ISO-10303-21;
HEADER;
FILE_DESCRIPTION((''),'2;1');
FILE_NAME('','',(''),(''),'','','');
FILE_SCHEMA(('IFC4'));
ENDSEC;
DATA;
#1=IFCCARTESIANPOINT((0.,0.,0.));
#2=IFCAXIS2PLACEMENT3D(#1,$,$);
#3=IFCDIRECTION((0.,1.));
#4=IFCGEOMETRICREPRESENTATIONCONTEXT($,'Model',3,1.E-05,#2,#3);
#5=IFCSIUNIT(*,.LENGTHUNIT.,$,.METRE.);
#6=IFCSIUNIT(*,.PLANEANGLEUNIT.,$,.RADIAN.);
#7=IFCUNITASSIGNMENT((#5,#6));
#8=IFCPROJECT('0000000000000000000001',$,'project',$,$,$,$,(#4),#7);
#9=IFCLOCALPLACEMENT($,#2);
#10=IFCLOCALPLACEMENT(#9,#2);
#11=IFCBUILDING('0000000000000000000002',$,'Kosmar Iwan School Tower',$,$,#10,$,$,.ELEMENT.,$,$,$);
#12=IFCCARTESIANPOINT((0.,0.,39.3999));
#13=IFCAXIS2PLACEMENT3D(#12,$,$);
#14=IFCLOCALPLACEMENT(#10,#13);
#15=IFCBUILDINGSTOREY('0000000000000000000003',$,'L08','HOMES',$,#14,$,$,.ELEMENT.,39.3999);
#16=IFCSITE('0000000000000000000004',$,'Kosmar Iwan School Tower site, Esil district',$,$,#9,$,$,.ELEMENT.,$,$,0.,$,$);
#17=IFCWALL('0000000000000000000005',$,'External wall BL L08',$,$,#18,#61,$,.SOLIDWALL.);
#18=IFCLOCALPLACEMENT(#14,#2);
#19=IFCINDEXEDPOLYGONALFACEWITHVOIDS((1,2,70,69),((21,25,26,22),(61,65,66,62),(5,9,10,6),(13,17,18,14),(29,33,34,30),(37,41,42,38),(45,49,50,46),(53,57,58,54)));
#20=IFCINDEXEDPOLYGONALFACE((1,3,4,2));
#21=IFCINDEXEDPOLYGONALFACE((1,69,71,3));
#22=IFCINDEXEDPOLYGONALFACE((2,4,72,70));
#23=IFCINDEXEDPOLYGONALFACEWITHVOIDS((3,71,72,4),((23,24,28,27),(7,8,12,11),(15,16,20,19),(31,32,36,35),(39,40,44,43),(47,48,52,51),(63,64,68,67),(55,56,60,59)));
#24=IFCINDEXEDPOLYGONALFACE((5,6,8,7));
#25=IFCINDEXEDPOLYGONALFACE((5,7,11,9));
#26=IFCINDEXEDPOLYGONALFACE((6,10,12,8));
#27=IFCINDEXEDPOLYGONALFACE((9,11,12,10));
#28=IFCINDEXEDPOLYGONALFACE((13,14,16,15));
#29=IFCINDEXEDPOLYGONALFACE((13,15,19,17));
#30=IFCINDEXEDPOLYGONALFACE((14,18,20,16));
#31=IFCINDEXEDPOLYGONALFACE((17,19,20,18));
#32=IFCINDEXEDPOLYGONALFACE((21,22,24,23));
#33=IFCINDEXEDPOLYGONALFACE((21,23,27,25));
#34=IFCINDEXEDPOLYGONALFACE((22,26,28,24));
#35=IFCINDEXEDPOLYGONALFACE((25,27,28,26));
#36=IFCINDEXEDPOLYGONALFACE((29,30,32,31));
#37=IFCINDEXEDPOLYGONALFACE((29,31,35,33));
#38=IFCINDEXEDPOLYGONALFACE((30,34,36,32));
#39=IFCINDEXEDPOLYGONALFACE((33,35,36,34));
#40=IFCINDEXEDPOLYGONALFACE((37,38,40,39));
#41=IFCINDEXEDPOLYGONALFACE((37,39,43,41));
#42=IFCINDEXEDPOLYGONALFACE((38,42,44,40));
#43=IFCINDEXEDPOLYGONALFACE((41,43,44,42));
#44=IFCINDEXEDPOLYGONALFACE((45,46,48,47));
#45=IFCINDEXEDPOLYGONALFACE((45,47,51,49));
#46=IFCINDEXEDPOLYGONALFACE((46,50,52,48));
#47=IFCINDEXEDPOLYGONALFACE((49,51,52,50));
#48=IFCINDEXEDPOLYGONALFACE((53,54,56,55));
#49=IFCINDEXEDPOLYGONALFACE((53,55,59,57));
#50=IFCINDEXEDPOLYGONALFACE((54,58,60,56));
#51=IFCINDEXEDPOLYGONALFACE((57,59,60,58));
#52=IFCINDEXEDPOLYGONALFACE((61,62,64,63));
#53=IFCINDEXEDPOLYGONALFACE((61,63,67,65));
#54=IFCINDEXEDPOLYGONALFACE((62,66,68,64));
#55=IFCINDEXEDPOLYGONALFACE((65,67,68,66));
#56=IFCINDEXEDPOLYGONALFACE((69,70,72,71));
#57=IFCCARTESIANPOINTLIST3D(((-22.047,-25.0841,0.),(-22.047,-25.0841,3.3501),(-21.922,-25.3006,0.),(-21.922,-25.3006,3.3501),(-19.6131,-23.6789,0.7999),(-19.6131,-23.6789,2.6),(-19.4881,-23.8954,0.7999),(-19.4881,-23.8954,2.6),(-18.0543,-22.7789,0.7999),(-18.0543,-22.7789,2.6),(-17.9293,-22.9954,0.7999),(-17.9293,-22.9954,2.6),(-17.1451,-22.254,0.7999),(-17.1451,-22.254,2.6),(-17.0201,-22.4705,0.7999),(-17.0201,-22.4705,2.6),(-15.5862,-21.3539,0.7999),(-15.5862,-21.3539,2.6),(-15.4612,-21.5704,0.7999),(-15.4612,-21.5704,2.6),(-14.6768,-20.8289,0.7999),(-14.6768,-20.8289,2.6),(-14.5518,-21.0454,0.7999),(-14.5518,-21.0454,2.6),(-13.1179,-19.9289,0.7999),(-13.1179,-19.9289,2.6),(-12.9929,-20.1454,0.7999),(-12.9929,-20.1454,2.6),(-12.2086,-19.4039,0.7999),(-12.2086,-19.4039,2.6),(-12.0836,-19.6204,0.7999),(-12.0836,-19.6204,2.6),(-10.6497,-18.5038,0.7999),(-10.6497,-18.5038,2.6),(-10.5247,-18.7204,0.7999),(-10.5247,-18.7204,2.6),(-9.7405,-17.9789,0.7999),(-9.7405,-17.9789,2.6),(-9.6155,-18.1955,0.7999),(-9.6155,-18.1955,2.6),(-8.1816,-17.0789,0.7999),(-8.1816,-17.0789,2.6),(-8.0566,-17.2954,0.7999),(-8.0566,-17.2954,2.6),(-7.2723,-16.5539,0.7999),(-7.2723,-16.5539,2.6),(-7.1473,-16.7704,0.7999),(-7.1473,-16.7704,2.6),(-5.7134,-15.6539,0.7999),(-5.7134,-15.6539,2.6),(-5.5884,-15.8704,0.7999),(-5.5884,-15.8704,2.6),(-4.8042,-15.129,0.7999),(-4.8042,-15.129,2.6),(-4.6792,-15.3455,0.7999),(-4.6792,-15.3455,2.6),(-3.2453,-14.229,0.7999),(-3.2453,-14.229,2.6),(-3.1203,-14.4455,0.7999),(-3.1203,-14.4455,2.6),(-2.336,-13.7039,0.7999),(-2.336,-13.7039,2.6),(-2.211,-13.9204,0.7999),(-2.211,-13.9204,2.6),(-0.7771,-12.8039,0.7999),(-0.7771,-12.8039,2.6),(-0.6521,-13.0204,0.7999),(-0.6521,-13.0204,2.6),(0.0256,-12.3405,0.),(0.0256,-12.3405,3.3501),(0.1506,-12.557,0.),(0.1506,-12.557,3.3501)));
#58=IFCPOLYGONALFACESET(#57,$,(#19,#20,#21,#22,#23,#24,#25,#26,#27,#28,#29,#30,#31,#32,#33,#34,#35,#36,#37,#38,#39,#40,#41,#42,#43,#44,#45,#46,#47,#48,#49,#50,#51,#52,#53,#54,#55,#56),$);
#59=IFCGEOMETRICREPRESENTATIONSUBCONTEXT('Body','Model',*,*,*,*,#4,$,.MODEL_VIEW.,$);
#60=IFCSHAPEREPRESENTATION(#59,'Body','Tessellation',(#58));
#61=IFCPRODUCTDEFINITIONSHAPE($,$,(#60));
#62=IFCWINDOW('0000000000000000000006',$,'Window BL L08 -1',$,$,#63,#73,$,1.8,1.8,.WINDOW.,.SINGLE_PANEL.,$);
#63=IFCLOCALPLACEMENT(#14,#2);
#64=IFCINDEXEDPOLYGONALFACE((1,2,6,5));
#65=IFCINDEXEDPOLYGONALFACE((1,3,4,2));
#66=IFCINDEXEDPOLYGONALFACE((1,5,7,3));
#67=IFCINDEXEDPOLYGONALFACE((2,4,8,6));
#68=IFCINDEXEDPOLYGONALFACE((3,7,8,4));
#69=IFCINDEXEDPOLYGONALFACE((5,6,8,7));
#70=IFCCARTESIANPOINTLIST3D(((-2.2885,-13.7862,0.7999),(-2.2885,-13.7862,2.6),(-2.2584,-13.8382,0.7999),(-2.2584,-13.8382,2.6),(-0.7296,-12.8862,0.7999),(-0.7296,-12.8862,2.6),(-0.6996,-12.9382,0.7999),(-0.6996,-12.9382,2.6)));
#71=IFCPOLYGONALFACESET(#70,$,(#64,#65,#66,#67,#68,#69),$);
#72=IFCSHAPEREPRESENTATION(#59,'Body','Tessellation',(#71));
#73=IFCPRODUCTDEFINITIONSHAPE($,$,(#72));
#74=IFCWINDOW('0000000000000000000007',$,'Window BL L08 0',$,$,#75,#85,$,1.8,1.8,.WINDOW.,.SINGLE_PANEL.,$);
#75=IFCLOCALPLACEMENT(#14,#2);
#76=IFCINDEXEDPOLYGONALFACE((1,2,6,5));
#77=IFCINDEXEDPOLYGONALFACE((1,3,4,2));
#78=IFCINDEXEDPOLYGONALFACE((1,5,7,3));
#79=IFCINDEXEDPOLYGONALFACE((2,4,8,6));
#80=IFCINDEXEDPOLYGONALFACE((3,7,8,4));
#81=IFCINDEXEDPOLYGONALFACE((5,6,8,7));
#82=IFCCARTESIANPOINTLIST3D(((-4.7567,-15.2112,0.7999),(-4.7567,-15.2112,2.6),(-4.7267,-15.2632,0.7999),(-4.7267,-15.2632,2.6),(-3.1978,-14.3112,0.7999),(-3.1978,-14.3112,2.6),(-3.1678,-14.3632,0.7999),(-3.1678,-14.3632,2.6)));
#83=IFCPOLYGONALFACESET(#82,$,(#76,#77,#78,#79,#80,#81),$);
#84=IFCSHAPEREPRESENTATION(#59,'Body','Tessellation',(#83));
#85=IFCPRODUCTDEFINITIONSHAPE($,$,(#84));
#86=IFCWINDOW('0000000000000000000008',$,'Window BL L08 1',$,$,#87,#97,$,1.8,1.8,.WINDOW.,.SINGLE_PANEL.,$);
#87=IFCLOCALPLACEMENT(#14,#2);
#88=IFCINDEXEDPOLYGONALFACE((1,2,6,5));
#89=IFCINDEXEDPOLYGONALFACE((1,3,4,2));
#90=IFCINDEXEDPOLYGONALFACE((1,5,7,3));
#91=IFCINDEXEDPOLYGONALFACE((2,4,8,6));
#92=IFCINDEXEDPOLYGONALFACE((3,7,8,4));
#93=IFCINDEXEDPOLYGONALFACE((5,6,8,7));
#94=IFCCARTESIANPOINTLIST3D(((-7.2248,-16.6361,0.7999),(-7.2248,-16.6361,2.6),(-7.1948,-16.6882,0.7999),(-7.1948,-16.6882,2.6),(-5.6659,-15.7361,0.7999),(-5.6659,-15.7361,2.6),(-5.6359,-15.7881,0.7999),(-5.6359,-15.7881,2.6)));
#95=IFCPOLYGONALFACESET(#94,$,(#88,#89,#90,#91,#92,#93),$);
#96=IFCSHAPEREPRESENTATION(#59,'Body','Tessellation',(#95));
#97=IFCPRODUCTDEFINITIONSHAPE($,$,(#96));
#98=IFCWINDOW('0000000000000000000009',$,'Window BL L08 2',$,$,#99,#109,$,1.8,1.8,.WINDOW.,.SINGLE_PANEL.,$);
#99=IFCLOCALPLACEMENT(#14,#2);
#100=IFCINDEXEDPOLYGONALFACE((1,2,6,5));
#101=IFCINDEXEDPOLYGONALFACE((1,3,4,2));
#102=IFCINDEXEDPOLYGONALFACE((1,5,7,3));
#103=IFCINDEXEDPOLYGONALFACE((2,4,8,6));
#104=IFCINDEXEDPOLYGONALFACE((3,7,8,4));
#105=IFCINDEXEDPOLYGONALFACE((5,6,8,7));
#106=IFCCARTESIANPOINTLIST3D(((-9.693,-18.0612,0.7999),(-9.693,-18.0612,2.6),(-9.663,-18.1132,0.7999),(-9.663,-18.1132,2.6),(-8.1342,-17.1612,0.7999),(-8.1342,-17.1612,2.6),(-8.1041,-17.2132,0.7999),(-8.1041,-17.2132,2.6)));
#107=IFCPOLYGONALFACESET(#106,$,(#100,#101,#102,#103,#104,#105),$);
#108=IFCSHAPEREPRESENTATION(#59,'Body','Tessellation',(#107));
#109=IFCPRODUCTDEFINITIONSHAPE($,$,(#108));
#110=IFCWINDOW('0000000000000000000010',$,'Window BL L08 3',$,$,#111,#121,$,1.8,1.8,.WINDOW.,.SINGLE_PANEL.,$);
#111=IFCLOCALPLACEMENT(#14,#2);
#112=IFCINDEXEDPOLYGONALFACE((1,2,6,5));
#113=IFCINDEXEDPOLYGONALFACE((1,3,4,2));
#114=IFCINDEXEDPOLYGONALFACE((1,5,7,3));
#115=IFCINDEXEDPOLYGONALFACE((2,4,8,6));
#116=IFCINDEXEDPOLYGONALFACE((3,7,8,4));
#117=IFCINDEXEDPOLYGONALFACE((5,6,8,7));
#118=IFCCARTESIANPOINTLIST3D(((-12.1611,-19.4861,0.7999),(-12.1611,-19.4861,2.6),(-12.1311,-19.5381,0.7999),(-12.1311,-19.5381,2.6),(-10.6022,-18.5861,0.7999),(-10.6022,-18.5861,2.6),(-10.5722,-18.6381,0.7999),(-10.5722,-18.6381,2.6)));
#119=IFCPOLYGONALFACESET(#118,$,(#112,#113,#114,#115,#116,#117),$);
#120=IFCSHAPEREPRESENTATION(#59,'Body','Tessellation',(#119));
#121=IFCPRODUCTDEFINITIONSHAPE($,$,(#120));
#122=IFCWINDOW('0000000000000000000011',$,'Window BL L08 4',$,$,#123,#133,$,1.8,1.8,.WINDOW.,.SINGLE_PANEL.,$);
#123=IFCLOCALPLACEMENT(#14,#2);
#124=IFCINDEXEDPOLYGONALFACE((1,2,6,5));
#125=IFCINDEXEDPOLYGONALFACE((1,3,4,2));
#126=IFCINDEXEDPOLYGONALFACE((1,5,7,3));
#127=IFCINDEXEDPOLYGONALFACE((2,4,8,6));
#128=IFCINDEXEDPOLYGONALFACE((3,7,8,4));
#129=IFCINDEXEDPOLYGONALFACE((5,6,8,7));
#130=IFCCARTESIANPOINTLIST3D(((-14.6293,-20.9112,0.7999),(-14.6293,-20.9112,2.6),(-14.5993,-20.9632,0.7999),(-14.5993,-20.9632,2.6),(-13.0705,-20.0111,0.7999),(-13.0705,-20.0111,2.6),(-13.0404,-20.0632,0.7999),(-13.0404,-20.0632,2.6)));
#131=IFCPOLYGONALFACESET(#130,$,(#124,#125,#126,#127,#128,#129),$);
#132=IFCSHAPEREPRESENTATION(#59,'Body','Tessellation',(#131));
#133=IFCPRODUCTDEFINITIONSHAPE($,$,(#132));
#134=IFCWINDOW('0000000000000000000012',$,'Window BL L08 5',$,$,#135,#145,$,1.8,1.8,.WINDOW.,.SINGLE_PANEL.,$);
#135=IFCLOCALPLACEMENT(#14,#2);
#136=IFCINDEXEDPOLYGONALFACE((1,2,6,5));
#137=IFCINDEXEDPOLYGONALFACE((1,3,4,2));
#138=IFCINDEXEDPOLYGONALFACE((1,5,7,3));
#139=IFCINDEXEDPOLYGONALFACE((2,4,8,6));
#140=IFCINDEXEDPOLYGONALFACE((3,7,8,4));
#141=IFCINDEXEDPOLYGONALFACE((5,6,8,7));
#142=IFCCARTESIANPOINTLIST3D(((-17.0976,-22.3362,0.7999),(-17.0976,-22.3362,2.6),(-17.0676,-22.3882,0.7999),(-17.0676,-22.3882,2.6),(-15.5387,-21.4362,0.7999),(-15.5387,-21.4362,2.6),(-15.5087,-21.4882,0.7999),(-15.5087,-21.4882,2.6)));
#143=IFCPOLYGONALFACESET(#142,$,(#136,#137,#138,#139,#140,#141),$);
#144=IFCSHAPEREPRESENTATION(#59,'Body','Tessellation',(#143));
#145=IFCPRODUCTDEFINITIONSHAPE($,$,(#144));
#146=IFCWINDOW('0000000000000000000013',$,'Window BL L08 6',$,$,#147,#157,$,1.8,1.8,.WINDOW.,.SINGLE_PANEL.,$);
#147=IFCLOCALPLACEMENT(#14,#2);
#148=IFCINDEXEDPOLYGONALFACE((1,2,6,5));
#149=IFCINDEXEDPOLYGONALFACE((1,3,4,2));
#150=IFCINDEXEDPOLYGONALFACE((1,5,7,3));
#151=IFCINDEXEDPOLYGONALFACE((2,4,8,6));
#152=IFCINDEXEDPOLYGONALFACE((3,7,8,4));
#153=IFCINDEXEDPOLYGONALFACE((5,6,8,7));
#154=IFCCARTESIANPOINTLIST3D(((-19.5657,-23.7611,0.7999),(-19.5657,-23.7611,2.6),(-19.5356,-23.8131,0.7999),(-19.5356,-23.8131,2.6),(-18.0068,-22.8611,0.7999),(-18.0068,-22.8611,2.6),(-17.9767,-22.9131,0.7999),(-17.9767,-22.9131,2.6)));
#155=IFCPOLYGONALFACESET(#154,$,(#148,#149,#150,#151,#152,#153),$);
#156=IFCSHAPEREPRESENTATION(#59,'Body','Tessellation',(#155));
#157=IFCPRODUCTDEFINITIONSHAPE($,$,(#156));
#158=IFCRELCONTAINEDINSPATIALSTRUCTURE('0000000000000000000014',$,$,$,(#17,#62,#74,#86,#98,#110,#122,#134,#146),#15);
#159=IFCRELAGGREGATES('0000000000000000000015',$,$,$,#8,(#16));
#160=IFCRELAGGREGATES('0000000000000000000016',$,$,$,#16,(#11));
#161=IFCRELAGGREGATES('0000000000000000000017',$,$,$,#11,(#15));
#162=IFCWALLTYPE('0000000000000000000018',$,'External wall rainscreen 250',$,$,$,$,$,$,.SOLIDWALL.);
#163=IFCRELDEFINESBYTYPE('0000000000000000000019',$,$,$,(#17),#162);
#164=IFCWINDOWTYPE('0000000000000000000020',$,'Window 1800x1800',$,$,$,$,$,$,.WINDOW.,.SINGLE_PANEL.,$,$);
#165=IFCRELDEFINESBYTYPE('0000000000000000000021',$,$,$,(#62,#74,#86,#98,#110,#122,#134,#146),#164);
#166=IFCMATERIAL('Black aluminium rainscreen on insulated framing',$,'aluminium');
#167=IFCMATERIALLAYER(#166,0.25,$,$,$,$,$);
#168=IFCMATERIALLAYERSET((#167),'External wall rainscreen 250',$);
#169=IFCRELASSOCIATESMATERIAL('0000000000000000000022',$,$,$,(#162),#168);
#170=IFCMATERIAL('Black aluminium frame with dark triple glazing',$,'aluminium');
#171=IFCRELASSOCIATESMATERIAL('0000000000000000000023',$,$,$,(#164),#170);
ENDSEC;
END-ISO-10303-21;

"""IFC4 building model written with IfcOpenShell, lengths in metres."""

from ifc_helpers import new_model, si_unit, direction, frame, frame_2d, origin, place, context, subcontext, project, spatial, rectangle, extrude, material, layer, layer_set, type_object, element, fill, save


model = new_model("IFC4")

# Units and contexts
model_context = context("Model", 3, precision=1e-05, world=origin(), true_north=direction((0.0, 1.0)))
body_context = subcontext(model_context, "Body", "Model", "MODEL_VIEW")
ifc_project = project(units=[si_unit("LENGTHUNIT", "METRE"), si_unit("PLANEANGLEUNIT", "RADIAN")], contexts=[model_context])

# Site, building, storey
site_placement = place(None, origin())
site = spatial("IfcSite", under=ifc_project, at=site_placement, Name="Kosmar Iwan School Tower site, Esil district", CompositionType="ELEMENT", RefElevation=0.0)
building_placement = place(site_placement, origin())
building = spatial("IfcBuilding", under=site, at=building_placement, Name="Kosmar Iwan School Tower", CompositionType="ELEMENT")
storey_placement = place(building_placement, frame((0.0, 0.0, 39.3999)))
storey = spatial("IfcBuildingStorey", under=building, at=storey_placement, Name="L08", Description="HOMES", CompositionType="ELEMENT", Elevation=39.3999)

# Wall, openings, windows
ifc_material_1 = material(Name="Black aluminium rainscreen on insulated framing", Category="aluminium")
ifc_layer = layer(ifc_material_1, 0.25)
ifc_layer_set = layer_set([ifc_layer], Name="External wall rainscreen 250")
wall_type = type_object("IfcWallType", Name="External wall rainscreen 250", PredefinedType="SOLIDWALL", material=ifc_layer_set)
wall_1_placement = place(storey_placement, frame((0.0881, -12.4487, 0.0), z_axis=(0.0, 0.0, 1.0), x_axis=(-0.866026, -0.499998, 0.0)))
wall_1 = element("IfcWall", 1, at=wall_1_placement, inside=storey, type_object=wall_type, Name="External wall BL L08", PredefinedType="SOLIDWALL", context=body_context, shape_type="SweptSolid", body=[
    extrude(rectangle(XDim=25.4873, YDim=0.25, at=frame_2d((12.7437, 0.0))), origin(), (0.0, 0.0, 1.0), 3.3501),
])
opening_1_placement = place(wall_1_placement, frame((0.927, 0.0, 0.8)))
opening_1 = element("IfcOpeningElement", 2, at=opening_1_placement, cuts=wall_1, PredefinedType="OPENING", context=body_context, shape_type="SweptSolid", body=[
    extrude(rectangle(XDim=1.8, YDim=1.8, at=frame_2d((0.8999, 0.8999))), frame((0.0, 0.137, 0.0), z_axis=(0.0, -1.0, 0.0), x_axis=(1.0, 0.0, 0.0)), (0.0, 0.0, 1.0), 0.2739),
])
opening_2_placement = place(wall_1_placement, frame((3.7771, 0.0, 0.8)))
opening_2 = element("IfcOpeningElement", 3, at=opening_2_placement, cuts=wall_1, PredefinedType="OPENING", context=body_context, shape_type="SweptSolid", body=[
    extrude(rectangle(XDim=1.8, YDim=1.8, at=frame_2d((0.8999, 0.8999))), frame((0.0, 0.137, 0.0), z_axis=(0.0, -1.0, 0.0), x_axis=(1.0, 0.0, 0.0)), (0.0, 0.0, 1.0), 0.2739),
])
opening_3_placement = place(wall_1_placement, frame((6.627, 0.0, 0.8)))
opening_3 = element("IfcOpeningElement", 4, at=opening_3_placement, cuts=wall_1, PredefinedType="OPENING", context=body_context, shape_type="SweptSolid", body=[
    extrude(rectangle(XDim=1.8, YDim=1.8, at=frame_2d((0.8999, 0.8999))), frame((0.0, 0.137, 0.0), z_axis=(0.0, -1.0, 0.0), x_axis=(1.0, 0.0, 0.0)), (0.0, 0.0, 1.0), 0.2739),
])
opening_4_placement = place(wall_1_placement, frame((9.4771, 0.0, 0.8)))
opening_4 = element("IfcOpeningElement", 5, at=opening_4_placement, cuts=wall_1, PredefinedType="OPENING", context=body_context, shape_type="SweptSolid", body=[
    extrude(rectangle(XDim=1.8, YDim=1.8, at=frame_2d((0.8999, 0.8999))), frame((0.0, 0.137, 0.0), z_axis=(0.0, -1.0, 0.0), x_axis=(1.0, 0.0, 0.0)), (0.0, 0.0, 1.0), 0.2739),
])
opening_5_placement = place(wall_1_placement, frame((12.3269, 0.0, 0.8)))
opening_5 = element("IfcOpeningElement", 6, at=opening_5_placement, cuts=wall_1, PredefinedType="OPENING", context=body_context, shape_type="SweptSolid", body=[
    extrude(rectangle(XDim=1.8, YDim=1.8, at=frame_2d((0.8999, 0.8999))), frame((0.0, 0.137, 0.0), z_axis=(0.0, -1.0, 0.0), x_axis=(1.0, 0.0, 0.0)), (0.0, 0.0, 1.0), 0.2739),
])
opening_6_placement = place(wall_1_placement, frame((15.177, 0.0, 0.8)))
opening_6 = element("IfcOpeningElement", 7, at=opening_6_placement, cuts=wall_1, PredefinedType="OPENING", context=body_context, shape_type="SweptSolid", body=[
    extrude(rectangle(XDim=1.8, YDim=1.8, at=frame_2d((0.8999, 0.8999))), frame((0.0, 0.137, 0.0), z_axis=(0.0, -1.0, 0.0), x_axis=(1.0, 0.0, 0.0)), (0.0, 0.0, 1.0), 0.2739),
])
opening_7_placement = place(wall_1_placement, frame((18.0271, 0.0, 0.8)))
opening_7 = element("IfcOpeningElement", 8, at=opening_7_placement, cuts=wall_1, PredefinedType="OPENING", context=body_context, shape_type="SweptSolid", body=[
    extrude(rectangle(XDim=1.8, YDim=1.8, at=frame_2d((0.8999, 0.8999))), frame((0.0, 0.137, 0.0), z_axis=(0.0, -1.0, 0.0), x_axis=(1.0, 0.0, 0.0)), (0.0, 0.0, 1.0), 0.2739),
])
opening_8_placement = place(wall_1_placement, frame((20.877, 0.0, 0.8)))
opening_8 = element("IfcOpeningElement", 9, at=opening_8_placement, cuts=wall_1, PredefinedType="OPENING", context=body_context, shape_type="SweptSolid", body=[
    extrude(rectangle(XDim=1.8, YDim=1.8, at=frame_2d((0.8999, 0.8999))), frame((0.0, 0.137, 0.0), z_axis=(0.0, -1.0, 0.0), x_axis=(1.0, 0.0, 0.0)), (0.0, 0.0, 1.0), 0.2739),
])
ifc_material_2 = material(Name="Black aluminium frame with dark triple glazing", Category="aluminium")
window_type = type_object("IfcWindowType", Name="Window 1800x1800", PartitioningType="SINGLE_PANEL", PredefinedType="WINDOW", material=ifc_material_2)
window_1_placement = place(opening_1_placement, origin())
window_1 = element("IfcWindow", 10, at=window_1_placement, inside=storey, type_object=window_type, Name="Window BL L08 -1", OverallHeight=1.8, OverallWidth=1.8, PartitioningType="SINGLE_PANEL", PredefinedType="WINDOW", context=body_context, shape_type="SweptSolid", body=[
    extrude(rectangle(XDim=1.8, YDim=1.8, at=frame_2d((0.8999, 0.8999))), frame((0.0, 0.03, 0.0), z_axis=(0.0, -1.0, 0.0), x_axis=(1.0, 0.0, 0.0)), (0.0, 0.0, 1.0), 0.0601),
])
fill(opening_1, window_1)
window_2_placement = place(opening_2_placement, origin())
window_2 = element("IfcWindow", 11, at=window_2_placement, inside=storey, type_object=window_type, Name="Window BL L08 0", OverallHeight=1.8, OverallWidth=1.8, PartitioningType="SINGLE_PANEL", PredefinedType="WINDOW", context=body_context, shape_type="SweptSolid", body=[
    extrude(rectangle(XDim=1.8, YDim=1.8, at=frame_2d((0.8999, 0.8999))), frame((0.0, 0.03, 0.0), z_axis=(0.0, -1.0, 0.0), x_axis=(1.0, 0.0, 0.0)), (0.0, 0.0, 1.0), 0.0601),
])
fill(opening_2, window_2)
window_3_placement = place(opening_3_placement, origin())
window_3 = element("IfcWindow", 12, at=window_3_placement, inside=storey, type_object=window_type, Name="Window BL L08 1", OverallHeight=1.8, OverallWidth=1.8, PartitioningType="SINGLE_PANEL", PredefinedType="WINDOW", context=body_context, shape_type="SweptSolid", body=[
    extrude(rectangle(XDim=1.8, YDim=1.8, at=frame_2d((0.8999, 0.8999))), frame((0.0, 0.03, 0.0), z_axis=(0.0, -1.0, 0.0), x_axis=(1.0, 0.0, 0.0)), (0.0, 0.0, 1.0), 0.0601),
])
fill(opening_3, window_3)
window_4_placement = place(opening_4_placement, origin())
window_4 = element("IfcWindow", 13, at=window_4_placement, inside=storey, type_object=window_type, Name="Window BL L08 2", OverallHeight=1.8, OverallWidth=1.8, PartitioningType="SINGLE_PANEL", PredefinedType="WINDOW", context=body_context, shape_type="SweptSolid", body=[
    extrude(rectangle(XDim=1.8, YDim=1.8, at=frame_2d((0.8999, 0.8999))), frame((0.0, 0.03, 0.0), z_axis=(0.0, -1.0, 0.0), x_axis=(1.0, 0.0, 0.0)), (0.0, 0.0, 1.0), 0.0601),
])
fill(opening_4, window_4)
window_5_placement = place(opening_5_placement, origin())
window_5 = element("IfcWindow", 14, at=window_5_placement, inside=storey, type_object=window_type, Name="Window BL L08 3", OverallHeight=1.8, OverallWidth=1.8, PartitioningType="SINGLE_PANEL", PredefinedType="WINDOW", context=body_context, shape_type="SweptSolid", body=[
    extrude(rectangle(XDim=1.8, YDim=1.8, at=frame_2d((0.8999, 0.8999))), frame((0.0, 0.03, 0.0), z_axis=(0.0, -1.0, 0.0), x_axis=(1.0, 0.0, 0.0)), (0.0, 0.0, 1.0), 0.0601),
])
fill(opening_5, window_5)
window_6_placement = place(opening_6_placement, origin())
window_6 = element("IfcWindow", 15, at=window_6_placement, inside=storey, type_object=window_type, Name="Window BL L08 4", OverallHeight=1.8, OverallWidth=1.8, PartitioningType="SINGLE_PANEL", PredefinedType="WINDOW", context=body_context, shape_type="SweptSolid", body=[
    extrude(rectangle(XDim=1.8, YDim=1.8, at=frame_2d((0.8999, 0.8999))), frame((0.0, 0.03, 0.0), z_axis=(0.0, -1.0, 0.0), x_axis=(1.0, 0.0, 0.0)), (0.0, 0.0, 1.0), 0.0601),
])
fill(opening_6, window_6)
window_7_placement = place(opening_7_placement, origin())
window_7 = element("IfcWindow", 16, at=window_7_placement, inside=storey, type_object=window_type, Name="Window BL L08 5", OverallHeight=1.8, OverallWidth=1.8, PartitioningType="SINGLE_PANEL", PredefinedType="WINDOW", context=body_context, shape_type="SweptSolid", body=[
    extrude(rectangle(XDim=1.8, YDim=1.8, at=frame_2d((0.8999, 0.8999))), frame((0.0, 0.03, 0.0), z_axis=(0.0, -1.0, 0.0), x_axis=(1.0, 0.0, 0.0)), (0.0, 0.0, 1.0), 0.0601),
])
fill(opening_7, window_7)
window_8_placement = place(opening_8_placement, origin())
window_8 = element("IfcWindow", 17, at=window_8_placement, inside=storey, type_object=window_type, Name="Window BL L08 6", OverallHeight=1.8, OverallWidth=1.8, PartitioningType="SINGLE_PANEL", PredefinedType="WINDOW", context=body_context, shape_type="SweptSolid", body=[
    extrude(rectangle(XDim=1.8, YDim=1.8, at=frame_2d((0.8999, 0.8999))), frame((0.0, 0.03, 0.0), z_axis=(0.0, -1.0, 0.0), x_axis=(1.0, 0.0, 0.0)), (0.0, 0.0, 1.0), 0.0601),
])
fill(opening_8, window_8)

save(model, "model.ifc")
